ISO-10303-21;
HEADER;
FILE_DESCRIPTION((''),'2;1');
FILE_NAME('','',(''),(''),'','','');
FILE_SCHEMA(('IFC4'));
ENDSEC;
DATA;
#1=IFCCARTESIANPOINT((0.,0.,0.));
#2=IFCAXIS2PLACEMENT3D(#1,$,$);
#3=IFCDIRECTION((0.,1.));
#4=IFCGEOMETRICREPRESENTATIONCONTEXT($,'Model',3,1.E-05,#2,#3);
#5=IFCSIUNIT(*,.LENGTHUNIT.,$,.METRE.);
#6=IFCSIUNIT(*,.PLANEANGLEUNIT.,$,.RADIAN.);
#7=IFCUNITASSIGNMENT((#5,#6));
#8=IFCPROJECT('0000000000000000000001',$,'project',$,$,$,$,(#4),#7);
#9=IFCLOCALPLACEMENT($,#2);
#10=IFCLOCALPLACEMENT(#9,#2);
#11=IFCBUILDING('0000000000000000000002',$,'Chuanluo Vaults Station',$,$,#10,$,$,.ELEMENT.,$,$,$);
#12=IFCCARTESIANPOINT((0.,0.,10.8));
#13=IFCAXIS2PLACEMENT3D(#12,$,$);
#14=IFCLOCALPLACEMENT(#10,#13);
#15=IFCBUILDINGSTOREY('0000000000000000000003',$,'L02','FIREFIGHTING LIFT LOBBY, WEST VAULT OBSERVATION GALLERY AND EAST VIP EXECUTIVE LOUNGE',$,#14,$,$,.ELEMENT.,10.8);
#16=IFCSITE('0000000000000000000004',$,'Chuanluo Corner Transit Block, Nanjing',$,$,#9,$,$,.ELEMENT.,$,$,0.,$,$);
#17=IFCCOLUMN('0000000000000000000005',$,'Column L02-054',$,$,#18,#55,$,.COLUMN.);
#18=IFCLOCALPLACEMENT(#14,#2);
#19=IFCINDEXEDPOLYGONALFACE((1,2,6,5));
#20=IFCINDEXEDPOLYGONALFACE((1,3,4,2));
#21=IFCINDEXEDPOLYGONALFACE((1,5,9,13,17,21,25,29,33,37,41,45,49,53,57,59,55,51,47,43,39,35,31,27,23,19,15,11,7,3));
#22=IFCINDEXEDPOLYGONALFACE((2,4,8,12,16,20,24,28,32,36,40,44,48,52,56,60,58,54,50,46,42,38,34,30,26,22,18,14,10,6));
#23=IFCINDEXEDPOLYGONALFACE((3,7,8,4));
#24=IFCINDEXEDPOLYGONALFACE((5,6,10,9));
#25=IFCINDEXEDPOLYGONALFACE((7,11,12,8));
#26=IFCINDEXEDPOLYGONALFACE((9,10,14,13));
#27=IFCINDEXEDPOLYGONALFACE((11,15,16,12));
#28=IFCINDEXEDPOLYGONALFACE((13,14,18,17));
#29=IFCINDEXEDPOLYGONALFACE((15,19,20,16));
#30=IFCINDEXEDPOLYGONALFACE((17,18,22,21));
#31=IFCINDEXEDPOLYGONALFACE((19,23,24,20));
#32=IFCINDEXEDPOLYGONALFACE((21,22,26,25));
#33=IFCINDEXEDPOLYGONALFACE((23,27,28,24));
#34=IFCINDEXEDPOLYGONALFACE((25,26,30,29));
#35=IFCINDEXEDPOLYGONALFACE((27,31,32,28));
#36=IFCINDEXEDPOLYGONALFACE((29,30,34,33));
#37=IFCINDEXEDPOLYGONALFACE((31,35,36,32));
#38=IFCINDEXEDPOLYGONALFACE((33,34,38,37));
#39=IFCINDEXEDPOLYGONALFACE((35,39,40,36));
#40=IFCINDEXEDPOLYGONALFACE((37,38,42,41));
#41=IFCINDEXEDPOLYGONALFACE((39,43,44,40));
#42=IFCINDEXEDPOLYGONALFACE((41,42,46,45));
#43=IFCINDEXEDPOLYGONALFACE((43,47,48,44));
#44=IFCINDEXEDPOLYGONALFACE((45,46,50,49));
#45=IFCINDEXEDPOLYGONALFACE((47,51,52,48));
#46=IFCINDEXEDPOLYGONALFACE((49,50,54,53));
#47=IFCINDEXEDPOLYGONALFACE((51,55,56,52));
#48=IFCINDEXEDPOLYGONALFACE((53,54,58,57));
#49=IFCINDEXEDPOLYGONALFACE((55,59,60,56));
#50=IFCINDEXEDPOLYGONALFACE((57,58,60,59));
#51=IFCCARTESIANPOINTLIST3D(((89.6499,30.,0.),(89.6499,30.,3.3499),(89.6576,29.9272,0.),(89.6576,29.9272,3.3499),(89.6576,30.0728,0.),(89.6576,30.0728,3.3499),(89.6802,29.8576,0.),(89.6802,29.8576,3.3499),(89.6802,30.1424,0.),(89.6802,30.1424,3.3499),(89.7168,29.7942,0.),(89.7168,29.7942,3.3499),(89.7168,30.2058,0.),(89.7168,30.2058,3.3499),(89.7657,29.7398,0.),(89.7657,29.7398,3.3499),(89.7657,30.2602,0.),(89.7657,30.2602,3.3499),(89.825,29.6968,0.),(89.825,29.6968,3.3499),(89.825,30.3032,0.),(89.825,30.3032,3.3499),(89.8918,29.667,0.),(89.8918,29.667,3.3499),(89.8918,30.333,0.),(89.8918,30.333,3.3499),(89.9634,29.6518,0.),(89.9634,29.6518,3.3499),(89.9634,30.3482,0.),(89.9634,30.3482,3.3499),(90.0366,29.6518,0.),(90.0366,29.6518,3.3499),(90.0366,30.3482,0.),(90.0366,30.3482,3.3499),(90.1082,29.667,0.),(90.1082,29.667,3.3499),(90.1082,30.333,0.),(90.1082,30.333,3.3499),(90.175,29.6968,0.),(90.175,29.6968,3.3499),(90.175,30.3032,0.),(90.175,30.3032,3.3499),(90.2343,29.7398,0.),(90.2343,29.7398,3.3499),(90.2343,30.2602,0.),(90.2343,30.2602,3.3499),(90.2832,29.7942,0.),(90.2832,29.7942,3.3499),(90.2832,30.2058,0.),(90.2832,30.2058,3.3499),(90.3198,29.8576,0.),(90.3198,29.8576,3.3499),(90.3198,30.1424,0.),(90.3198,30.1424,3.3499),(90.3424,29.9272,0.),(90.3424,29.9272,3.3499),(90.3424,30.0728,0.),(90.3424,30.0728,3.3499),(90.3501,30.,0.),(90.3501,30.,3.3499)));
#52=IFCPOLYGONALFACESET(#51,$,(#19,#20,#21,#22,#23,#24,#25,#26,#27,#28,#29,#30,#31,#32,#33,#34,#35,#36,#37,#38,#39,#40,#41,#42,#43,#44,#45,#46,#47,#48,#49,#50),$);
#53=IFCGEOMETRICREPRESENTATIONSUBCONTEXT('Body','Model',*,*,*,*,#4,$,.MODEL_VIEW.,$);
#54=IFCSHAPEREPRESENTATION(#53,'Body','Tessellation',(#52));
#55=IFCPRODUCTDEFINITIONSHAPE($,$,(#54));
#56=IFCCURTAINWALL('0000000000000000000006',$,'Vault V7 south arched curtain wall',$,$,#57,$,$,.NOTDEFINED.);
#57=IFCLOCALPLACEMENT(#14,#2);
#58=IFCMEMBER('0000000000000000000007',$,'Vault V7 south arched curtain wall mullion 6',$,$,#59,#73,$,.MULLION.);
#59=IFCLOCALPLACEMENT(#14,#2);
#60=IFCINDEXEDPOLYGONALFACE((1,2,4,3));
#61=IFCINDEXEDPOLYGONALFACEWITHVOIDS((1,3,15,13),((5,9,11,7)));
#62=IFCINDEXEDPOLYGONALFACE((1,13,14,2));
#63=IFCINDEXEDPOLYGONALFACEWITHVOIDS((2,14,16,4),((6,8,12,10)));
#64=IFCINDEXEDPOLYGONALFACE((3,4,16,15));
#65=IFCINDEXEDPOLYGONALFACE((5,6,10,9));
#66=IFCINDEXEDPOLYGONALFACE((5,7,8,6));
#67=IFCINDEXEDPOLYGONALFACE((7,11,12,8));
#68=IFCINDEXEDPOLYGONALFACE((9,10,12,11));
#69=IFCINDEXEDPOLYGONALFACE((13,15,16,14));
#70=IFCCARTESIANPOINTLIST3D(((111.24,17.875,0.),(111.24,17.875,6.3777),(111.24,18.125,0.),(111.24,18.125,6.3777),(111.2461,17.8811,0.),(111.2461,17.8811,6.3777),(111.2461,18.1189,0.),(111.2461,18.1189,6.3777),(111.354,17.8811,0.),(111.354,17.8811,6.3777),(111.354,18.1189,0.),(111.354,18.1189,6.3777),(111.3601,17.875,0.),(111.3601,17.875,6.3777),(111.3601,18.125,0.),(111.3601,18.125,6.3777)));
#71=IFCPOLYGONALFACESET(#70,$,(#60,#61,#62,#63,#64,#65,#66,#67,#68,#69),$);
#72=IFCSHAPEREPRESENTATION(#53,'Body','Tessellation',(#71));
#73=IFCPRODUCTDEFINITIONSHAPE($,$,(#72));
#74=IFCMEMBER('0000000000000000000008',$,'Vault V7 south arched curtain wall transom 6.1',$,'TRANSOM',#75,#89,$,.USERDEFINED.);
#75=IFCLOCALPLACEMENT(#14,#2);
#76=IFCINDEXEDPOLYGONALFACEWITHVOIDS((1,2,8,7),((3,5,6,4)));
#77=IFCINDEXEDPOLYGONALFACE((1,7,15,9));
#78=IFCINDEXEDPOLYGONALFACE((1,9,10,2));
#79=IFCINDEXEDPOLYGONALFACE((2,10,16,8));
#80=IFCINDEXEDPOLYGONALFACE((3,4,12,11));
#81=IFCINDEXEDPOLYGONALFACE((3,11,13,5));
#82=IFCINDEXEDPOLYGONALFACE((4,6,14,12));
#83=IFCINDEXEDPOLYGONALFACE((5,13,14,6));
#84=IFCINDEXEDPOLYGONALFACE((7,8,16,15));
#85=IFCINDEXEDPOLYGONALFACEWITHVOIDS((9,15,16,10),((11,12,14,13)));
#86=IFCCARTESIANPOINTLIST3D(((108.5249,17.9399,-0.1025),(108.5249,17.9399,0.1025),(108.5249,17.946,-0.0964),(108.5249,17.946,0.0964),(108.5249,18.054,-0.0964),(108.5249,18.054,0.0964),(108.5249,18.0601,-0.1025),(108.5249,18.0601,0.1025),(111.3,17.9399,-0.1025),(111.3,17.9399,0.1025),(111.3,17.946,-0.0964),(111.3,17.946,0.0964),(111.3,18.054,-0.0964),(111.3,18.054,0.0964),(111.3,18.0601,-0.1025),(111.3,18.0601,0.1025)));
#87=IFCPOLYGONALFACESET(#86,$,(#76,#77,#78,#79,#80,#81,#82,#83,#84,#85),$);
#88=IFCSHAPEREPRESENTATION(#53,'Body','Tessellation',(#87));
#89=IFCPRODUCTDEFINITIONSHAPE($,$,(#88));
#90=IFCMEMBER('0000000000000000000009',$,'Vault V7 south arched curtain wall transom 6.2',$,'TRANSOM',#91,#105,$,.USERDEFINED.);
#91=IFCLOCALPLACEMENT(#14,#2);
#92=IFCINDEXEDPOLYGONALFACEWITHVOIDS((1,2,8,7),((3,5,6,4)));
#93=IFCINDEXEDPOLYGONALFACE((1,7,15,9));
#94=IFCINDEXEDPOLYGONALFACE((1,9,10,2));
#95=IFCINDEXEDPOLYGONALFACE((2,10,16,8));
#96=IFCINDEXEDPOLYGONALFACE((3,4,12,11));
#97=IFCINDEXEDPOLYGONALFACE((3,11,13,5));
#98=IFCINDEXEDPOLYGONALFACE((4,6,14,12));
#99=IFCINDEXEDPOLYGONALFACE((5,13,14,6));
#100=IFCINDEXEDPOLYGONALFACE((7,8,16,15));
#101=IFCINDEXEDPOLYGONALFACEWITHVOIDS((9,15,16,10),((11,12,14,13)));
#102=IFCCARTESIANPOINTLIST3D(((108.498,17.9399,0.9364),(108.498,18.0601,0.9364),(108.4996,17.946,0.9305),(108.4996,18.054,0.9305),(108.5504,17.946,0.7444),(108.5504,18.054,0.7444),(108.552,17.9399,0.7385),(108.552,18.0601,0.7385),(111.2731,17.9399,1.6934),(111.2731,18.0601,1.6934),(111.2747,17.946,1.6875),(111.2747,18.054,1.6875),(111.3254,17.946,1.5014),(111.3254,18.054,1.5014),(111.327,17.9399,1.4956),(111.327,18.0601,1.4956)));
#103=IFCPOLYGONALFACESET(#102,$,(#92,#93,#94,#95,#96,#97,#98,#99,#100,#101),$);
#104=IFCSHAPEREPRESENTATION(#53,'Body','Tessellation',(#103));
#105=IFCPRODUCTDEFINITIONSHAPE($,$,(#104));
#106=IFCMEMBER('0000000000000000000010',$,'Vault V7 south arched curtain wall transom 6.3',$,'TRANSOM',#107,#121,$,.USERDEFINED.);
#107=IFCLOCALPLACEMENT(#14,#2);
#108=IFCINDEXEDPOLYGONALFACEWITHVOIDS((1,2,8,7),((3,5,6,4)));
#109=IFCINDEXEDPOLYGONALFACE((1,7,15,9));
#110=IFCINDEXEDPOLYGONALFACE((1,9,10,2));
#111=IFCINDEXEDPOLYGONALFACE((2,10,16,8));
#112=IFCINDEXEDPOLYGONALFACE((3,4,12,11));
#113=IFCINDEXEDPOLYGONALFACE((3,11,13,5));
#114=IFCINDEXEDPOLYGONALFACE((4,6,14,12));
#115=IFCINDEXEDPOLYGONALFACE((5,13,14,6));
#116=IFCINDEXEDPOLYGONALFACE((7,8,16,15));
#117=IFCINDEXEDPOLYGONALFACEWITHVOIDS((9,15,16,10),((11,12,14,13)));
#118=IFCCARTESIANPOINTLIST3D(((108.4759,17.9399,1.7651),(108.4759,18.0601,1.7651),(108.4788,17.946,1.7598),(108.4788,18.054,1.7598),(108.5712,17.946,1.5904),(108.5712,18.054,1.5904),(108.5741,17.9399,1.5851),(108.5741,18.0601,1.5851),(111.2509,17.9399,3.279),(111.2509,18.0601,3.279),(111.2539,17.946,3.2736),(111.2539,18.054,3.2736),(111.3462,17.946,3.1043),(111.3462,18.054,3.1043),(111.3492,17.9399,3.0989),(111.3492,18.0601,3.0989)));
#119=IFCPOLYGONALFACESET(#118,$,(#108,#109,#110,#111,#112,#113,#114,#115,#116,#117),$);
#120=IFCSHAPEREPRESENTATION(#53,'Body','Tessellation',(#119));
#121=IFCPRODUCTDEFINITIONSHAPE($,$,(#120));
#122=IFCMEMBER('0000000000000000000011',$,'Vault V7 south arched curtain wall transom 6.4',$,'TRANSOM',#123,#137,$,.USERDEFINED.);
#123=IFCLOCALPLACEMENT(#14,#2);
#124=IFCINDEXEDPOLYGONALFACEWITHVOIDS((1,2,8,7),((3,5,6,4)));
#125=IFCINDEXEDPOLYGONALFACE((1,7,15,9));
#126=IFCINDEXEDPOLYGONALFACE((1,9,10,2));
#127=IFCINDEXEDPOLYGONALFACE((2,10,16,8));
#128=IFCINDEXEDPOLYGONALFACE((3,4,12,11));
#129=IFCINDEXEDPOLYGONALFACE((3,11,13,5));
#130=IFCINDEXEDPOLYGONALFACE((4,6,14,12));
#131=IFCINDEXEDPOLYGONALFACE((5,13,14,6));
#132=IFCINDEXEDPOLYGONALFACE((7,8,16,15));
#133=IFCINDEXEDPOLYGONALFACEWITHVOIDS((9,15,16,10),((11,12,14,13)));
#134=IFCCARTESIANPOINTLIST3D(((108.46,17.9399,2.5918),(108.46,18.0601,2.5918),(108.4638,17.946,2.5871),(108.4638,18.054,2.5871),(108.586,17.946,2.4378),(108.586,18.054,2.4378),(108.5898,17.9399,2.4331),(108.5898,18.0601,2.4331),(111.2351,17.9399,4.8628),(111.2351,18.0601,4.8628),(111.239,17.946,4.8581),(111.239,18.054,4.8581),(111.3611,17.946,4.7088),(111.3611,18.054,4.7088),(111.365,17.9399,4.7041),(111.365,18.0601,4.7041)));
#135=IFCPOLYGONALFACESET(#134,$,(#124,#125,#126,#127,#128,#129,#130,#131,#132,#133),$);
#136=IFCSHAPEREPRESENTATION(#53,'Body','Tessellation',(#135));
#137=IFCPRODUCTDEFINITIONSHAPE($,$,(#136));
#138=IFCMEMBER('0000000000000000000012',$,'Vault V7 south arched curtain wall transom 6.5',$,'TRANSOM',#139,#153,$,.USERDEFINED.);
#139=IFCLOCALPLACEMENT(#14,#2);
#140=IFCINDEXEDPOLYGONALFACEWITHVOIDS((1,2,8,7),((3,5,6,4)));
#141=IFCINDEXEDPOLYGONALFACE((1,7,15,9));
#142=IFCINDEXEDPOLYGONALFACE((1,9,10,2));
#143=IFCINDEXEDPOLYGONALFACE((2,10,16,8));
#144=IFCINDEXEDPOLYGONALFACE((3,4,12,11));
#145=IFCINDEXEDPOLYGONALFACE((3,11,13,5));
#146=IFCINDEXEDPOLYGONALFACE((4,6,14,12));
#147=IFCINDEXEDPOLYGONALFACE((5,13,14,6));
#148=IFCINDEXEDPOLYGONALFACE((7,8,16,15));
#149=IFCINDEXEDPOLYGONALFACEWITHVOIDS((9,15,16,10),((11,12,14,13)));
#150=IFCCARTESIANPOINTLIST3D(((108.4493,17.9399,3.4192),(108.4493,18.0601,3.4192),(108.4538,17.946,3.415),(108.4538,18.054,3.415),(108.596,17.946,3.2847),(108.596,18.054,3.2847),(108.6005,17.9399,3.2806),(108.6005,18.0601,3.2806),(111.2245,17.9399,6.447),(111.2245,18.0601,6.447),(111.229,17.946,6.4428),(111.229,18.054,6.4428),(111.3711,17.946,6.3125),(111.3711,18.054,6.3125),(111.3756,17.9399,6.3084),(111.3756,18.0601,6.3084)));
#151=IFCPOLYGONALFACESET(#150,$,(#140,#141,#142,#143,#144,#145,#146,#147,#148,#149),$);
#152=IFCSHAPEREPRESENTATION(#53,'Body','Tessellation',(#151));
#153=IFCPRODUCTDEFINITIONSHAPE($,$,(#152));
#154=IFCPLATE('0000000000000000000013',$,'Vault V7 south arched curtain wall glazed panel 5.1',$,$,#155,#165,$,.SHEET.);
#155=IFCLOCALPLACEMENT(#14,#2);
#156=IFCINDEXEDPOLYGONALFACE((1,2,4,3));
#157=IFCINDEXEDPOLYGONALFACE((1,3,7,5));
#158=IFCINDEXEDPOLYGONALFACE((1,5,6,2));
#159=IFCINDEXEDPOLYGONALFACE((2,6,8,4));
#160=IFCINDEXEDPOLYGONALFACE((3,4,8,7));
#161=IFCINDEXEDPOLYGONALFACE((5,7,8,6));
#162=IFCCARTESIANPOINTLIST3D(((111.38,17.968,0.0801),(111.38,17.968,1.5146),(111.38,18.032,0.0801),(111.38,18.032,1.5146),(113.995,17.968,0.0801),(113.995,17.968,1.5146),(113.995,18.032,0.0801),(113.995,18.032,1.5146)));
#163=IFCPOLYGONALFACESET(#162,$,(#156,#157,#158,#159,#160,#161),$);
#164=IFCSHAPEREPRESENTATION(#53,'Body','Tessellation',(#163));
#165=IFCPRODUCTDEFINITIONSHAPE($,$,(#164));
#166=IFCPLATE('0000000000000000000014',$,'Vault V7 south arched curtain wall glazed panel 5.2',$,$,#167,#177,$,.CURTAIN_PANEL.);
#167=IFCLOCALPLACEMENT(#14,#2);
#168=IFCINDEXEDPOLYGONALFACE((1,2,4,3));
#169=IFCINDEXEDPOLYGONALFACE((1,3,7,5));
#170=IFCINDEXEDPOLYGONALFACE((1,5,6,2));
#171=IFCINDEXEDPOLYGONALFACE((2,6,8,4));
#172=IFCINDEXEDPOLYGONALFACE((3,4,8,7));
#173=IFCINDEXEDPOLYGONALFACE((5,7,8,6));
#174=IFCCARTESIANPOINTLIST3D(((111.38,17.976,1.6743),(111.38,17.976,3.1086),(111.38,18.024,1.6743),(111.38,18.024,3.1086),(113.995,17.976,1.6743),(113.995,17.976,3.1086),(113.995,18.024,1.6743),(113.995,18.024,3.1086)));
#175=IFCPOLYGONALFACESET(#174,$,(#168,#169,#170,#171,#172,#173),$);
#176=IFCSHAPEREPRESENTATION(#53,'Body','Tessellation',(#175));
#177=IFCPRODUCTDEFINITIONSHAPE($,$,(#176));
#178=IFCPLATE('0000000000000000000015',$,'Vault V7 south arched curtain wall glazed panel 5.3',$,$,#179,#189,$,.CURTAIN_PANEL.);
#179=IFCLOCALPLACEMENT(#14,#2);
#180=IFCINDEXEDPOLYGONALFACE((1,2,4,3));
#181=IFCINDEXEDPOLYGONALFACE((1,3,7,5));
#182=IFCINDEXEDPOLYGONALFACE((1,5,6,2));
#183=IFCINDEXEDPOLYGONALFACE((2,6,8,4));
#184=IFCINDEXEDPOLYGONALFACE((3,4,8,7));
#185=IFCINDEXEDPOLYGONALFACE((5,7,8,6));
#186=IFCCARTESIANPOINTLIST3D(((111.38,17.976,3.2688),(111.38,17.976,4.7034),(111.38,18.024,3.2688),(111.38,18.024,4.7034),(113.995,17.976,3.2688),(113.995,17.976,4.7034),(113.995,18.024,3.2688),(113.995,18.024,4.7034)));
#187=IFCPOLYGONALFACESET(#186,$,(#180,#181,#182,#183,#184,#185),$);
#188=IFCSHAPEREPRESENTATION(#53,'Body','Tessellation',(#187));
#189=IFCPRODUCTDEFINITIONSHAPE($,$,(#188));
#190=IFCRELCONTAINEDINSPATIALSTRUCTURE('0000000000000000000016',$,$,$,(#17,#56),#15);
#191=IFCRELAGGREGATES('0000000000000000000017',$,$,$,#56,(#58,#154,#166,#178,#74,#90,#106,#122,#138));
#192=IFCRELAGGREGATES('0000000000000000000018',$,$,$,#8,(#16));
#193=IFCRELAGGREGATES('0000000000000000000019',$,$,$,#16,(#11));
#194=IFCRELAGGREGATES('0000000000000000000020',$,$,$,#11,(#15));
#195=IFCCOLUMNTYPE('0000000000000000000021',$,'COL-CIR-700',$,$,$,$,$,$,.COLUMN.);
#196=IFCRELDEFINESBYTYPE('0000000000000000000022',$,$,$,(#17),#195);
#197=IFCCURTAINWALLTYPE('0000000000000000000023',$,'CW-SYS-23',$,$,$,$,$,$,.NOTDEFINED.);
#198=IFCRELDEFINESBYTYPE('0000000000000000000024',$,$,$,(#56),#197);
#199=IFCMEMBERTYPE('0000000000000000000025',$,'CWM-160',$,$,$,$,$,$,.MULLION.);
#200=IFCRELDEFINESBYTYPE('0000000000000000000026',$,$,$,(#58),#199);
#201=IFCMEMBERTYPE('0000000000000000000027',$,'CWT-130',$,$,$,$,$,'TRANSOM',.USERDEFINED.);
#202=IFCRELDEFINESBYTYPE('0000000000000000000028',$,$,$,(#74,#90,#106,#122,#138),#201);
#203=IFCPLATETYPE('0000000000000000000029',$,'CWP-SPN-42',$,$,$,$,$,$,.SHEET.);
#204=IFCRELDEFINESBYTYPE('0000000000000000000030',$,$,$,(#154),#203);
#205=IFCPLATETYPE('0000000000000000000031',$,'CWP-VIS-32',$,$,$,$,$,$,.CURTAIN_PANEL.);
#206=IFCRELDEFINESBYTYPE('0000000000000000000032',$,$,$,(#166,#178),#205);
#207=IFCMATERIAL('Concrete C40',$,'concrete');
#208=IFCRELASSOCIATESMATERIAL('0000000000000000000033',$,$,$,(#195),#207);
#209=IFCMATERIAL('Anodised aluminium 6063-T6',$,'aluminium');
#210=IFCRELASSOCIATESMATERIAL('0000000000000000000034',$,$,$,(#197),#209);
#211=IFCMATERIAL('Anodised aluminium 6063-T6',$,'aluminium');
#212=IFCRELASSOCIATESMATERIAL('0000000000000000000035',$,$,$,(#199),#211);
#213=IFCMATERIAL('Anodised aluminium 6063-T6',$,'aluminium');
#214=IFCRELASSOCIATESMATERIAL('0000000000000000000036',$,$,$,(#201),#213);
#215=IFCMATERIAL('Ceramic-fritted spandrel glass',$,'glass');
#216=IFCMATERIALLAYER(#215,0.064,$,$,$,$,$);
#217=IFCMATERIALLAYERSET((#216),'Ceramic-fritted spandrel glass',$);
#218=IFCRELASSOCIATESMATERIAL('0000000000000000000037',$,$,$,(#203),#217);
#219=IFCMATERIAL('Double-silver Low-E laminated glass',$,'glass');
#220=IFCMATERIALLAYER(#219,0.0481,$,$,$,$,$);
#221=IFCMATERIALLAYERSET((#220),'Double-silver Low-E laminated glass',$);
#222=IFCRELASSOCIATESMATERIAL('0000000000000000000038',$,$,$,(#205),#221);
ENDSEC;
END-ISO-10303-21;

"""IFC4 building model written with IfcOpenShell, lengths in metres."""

from ifc_helpers import new_model, si_unit, direction, frame, origin, origin_2d, place, context, subcontext, project, spatial, rectangle, hollow_rectangle, circle, extrude, material, layer, layer_set, material_profile, profile_set, type_object, element, aggregate, save


model = new_model("IFC4")

# Units and contexts
model_context = context("Model", 3, precision=1e-05, world=origin(), true_north=direction((0.0, 1.0)))
body_context = subcontext(model_context, "Body", "Model", "MODEL_VIEW")
ifc_project = project(units=[si_unit("LENGTHUNIT", "METRE"), si_unit("PLANEANGLEUNIT", "RADIAN")], contexts=[model_context])

# Site, building, storey
site_placement = place(None, origin())
site = spatial("IfcSite", under=ifc_project, at=site_placement, Name="Chuanluo Corner Transit Block, Nanjing", CompositionType="ELEMENT", RefElevation=0.0)
building_placement = place(site_placement, origin())
building = spatial("IfcBuilding", under=site, at=building_placement, Name="Chuanluo Vaults Station", CompositionType="ELEMENT")
storey_placement = place(building_placement, frame((0.0, 0.0, 10.8)))
storey = spatial("IfcBuildingStorey", under=building, at=storey_placement, Name="L02", Description="FIREFIGHTING LIFT LOBBY, WEST VAULT OBSERVATION GALLERY AND EAST VIP EXECUTIVE LOUNGE", CompositionType="ELEMENT", Elevation=10.8)

# Column
ifc_material_1 = material(Name="Concrete C40", Category="concrete")
ifc_material_profile_1 = material_profile(ifc_material_1, circle(Radius=0.3501, at=origin_2d()))
ifc_profile_set_1 = profile_set([ifc_material_profile_1], Name="Concrete C40")
column_type = type_object("IfcColumnType", Name="COL-CIR-700", PredefinedType="COLUMN", material=ifc_profile_set_1)
column_placement = place(storey_placement, frame((90.0, 30.0, 0.0), z_axis=(0.0, 0.0, 1.0), x_axis=(1.0, 0.0, 0.0)))
element("IfcColumn", 1, at=column_placement, inside=storey, type_object=column_type, Name="Column L02-054", PredefinedType="COLUMN", context=body_context, shape_type="SweptSolid", body=[
    extrude(circle(Radius=0.3501, at=origin_2d()), origin(), (0.0, 0.0, 1.0), 3.3499),
])

# Curtain wall, members, plates
ifc_material_2 = material(Name="Anodised aluminium 6063-T6", Category="aluminium")
curtain_wall_type = type_object("IfcCurtainWallType", Name="CW-SYS-23", PredefinedType="NOTDEFINED", material=ifc_material_2)
curtain_wall_placement = place(storey_placement, origin())
curtain_wall = element("IfcCurtainWall", 2, at=curtain_wall_placement, inside=storey, type_object=curtain_wall_type, Name="Vault V7 south arched curtain wall", PredefinedType="NOTDEFINED")
ifc_material_3 = material(Name="Anodised aluminium 6063-T6", Category="aluminium")
ifc_material_profile_2 = material_profile(ifc_material_3, hollow_rectangle(XDim=0.1201, YDim=0.25, WallThickness=0.0061, at=origin_2d()))
ifc_profile_set_2 = profile_set([ifc_material_profile_2], Name="Anodised aluminium 6063-T6")
member_type_1 = type_object("IfcMemberType", Name="CWM-160", PredefinedType="MULLION", material=ifc_profile_set_2)
member_1_placement = place(storey_placement, frame((111.3, 18.0, 0.0), z_axis=(0.0, 0.0, 1.0), x_axis=(-1.0, 0.0, 0.0)))
member_1 = element("IfcMember", 3, at=member_1_placement, type_object=member_type_1, Name="Vault V7 south arched curtain wall mullion 6", PredefinedType="MULLION", context=body_context, shape_type="SweptSolid", body=[
    extrude(hollow_rectangle(XDim=0.1201, YDim=0.25, WallThickness=0.0061, at=origin_2d()), origin(), (0.0, 0.0, 1.0), 6.3777),
])
ifc_material_4 = material(Name="Anodised aluminium 6063-T6", Category="aluminium")
ifc_material_profile_3 = material_profile(ifc_material_4, hollow_rectangle(XDim=0.1201, YDim=0.2051, WallThickness=0.0061, at=origin_2d()))
ifc_profile_set_3 = profile_set([ifc_material_profile_3], Name="Anodised aluminium 6063-T6")
member_type_2 = type_object("IfcMemberType", Name="CWT-130", ElementType="TRANSOM", PredefinedType="USERDEFINED", material=ifc_profile_set_3)
member_2_placement = place(storey_placement, frame((111.3, 18.0, 0.0), z_axis=(-1.0, 0.0, 0.0), x_axis=(0.0, -1.0, 0.0)))
member_2 = element("IfcMember", 4, at=member_2_placement, type_object=member_type_2, Name="Vault V7 south arched curtain wall transom 6.1", ObjectType="TRANSOM", PredefinedType="USERDEFINED", context=body_context, shape_type="SweptSolid", body=[
    extrude(hollow_rectangle(XDim=0.1201, YDim=0.2051, WallThickness=0.0061, at=origin_2d()), origin(), (0.0, 0.0, 1.0), 2.7751),
])
member_3_placement = place(storey_placement, frame((111.3, 18.0, 1.5945), z_axis=(-0.964744, 0.0, -0.263189), x_axis=(0.0, -1.0, 0.0)))
member_3 = element("IfcMember", 5, at=member_3_placement, type_object=member_type_2, Name="Vault V7 south arched curtain wall transom 6.2", ObjectType="TRANSOM", PredefinedType="USERDEFINED", context=body_context, shape_type="SweptSolid", body=[
    extrude(hollow_rectangle(XDim=0.1201, YDim=0.2051, WallThickness=0.0061, at=origin_2d()), origin(), (0.0, 0.0, 1.0), 2.8765),
])
member_4_placement = place(storey_placement, frame((111.3, 18.0, 3.189), z_axis=(-0.877869, 0.0, -0.478901), x_axis=(0.0, -1.0, 0.0)))
member_4 = element("IfcMember", 6, at=member_4_placement, type_object=member_type_2, Name="Vault V7 south arched curtain wall transom 6.3", ObjectType="TRANSOM", PredefinedType="USERDEFINED", context=body_context, shape_type="SweptSolid", body=[
    extrude(hollow_rectangle(XDim=0.1201, YDim=0.2051, WallThickness=0.0061, at=origin_2d()), origin(), (0.0, 0.0, 1.0), 3.1611),
])
member_5_placement = place(storey_placement, frame((111.3, 18.0, 4.7834), z_axis=(-0.7739, 0.0, -0.633308), x_axis=(0.0, -1.0, 0.0)))
member_5 = element("IfcMember", 7, at=member_5_placement, type_object=member_type_2, Name="Vault V7 south arched curtain wall transom 6.4", ObjectType="TRANSOM", PredefinedType="USERDEFINED", context=body_context, shape_type="SweptSolid", body=[
    extrude(hollow_rectangle(XDim=0.1201, YDim=0.2051, WallThickness=0.0061, at=origin_2d()), origin(), (0.0, 0.0, 1.0), 3.5859),
])
member_6_placement = place(storey_placement, frame((111.3, 18.0, 6.3777), z_axis=(-0.675676, 0.0, -0.737199), x_axis=(0.0, -1.0, 0.0)))
member_6 = element("IfcMember", 8, at=member_6_placement, type_object=member_type_2, Name="Vault V7 south arched curtain wall transom 6.5", ObjectType="TRANSOM", PredefinedType="USERDEFINED", context=body_context, shape_type="SweptSolid", body=[
    extrude(hollow_rectangle(XDim=0.1201, YDim=0.2051, WallThickness=0.0061, at=origin_2d()), origin(), (0.0, 0.0, 1.0), 4.1072),
])
ifc_material_5 = material(Name="Ceramic-fritted spandrel glass", Category="glass")
ifc_layer_1 = layer(ifc_material_5, 0.064)
ifc_layer_set_1 = layer_set([ifc_layer_1], Name="Ceramic-fritted spandrel glass")
plate_type_1 = type_object("IfcPlateType", Name="CWP-SPN-42", PredefinedType="SHEET", material=ifc_layer_set_1)
plate_1_placement = place(storey_placement, frame((112.6875, 18.0, 0.0801), z_axis=(0.0, 0.0, 1.0), x_axis=(-1.0, 0.0, 0.0)))
plate_1 = element("IfcPlate", 9, at=plate_1_placement, type_object=plate_type_1, Name="Vault V7 south arched curtain wall glazed panel 5.1", PredefinedType="SHEET", context=body_context, shape_type="SweptSolid", body=[
    extrude(rectangle(XDim=2.615, YDim=0.064, at=origin_2d()), origin(), (0.0, 0.0, 1.0), 1.4346),
])
ifc_material_6 = material(Name="Double-silver Low-E laminated glass", Category="glass")
ifc_layer_2 = layer(ifc_material_6, 0.0481)
ifc_layer_set_2 = layer_set([ifc_layer_2], Name="Double-silver Low-E laminated glass")
plate_type_2 = type_object("IfcPlateType", Name="CWP-VIS-32", PredefinedType="CURTAIN_PANEL", material=ifc_layer_set_2)
plate_2_placement = place(storey_placement, frame((112.6875, 18.0, 1.6743), z_axis=(0.0, 0.0, 1.0), x_axis=(-1.0, 0.0, 0.0)))
plate_2 = element("IfcPlate", 10, at=plate_2_placement, type_object=plate_type_2, Name="Vault V7 south arched curtain wall glazed panel 5.2", PredefinedType="CURTAIN_PANEL", context=body_context, shape_type="SweptSolid", body=[
    extrude(rectangle(XDim=2.615, YDim=0.0481, at=origin_2d()), origin(), (0.0, 0.0, 1.0), 1.4343),
])
plate_3_placement = place(storey_placement, frame((112.6875, 18.0, 3.2688), z_axis=(0.0, 0.0, 1.0), x_axis=(-1.0, 0.0, 0.0)))
plate_3 = element("IfcPlate", 11, at=plate_3_placement, type_object=plate_type_2, Name="Vault V7 south arched curtain wall glazed panel 5.3", PredefinedType="CURTAIN_PANEL", context=body_context, shape_type="SweptSolid", body=[
    extrude(rectangle(XDim=2.615, YDim=0.0481, at=origin_2d()), origin(), (0.0, 0.0, 1.0), 1.4346),
])
aggregate(curtain_wall, [member_1, plate_1, plate_2, plate_3, member_2, member_3, member_4, member_5, member_6])

save(model, "model.ifc")
